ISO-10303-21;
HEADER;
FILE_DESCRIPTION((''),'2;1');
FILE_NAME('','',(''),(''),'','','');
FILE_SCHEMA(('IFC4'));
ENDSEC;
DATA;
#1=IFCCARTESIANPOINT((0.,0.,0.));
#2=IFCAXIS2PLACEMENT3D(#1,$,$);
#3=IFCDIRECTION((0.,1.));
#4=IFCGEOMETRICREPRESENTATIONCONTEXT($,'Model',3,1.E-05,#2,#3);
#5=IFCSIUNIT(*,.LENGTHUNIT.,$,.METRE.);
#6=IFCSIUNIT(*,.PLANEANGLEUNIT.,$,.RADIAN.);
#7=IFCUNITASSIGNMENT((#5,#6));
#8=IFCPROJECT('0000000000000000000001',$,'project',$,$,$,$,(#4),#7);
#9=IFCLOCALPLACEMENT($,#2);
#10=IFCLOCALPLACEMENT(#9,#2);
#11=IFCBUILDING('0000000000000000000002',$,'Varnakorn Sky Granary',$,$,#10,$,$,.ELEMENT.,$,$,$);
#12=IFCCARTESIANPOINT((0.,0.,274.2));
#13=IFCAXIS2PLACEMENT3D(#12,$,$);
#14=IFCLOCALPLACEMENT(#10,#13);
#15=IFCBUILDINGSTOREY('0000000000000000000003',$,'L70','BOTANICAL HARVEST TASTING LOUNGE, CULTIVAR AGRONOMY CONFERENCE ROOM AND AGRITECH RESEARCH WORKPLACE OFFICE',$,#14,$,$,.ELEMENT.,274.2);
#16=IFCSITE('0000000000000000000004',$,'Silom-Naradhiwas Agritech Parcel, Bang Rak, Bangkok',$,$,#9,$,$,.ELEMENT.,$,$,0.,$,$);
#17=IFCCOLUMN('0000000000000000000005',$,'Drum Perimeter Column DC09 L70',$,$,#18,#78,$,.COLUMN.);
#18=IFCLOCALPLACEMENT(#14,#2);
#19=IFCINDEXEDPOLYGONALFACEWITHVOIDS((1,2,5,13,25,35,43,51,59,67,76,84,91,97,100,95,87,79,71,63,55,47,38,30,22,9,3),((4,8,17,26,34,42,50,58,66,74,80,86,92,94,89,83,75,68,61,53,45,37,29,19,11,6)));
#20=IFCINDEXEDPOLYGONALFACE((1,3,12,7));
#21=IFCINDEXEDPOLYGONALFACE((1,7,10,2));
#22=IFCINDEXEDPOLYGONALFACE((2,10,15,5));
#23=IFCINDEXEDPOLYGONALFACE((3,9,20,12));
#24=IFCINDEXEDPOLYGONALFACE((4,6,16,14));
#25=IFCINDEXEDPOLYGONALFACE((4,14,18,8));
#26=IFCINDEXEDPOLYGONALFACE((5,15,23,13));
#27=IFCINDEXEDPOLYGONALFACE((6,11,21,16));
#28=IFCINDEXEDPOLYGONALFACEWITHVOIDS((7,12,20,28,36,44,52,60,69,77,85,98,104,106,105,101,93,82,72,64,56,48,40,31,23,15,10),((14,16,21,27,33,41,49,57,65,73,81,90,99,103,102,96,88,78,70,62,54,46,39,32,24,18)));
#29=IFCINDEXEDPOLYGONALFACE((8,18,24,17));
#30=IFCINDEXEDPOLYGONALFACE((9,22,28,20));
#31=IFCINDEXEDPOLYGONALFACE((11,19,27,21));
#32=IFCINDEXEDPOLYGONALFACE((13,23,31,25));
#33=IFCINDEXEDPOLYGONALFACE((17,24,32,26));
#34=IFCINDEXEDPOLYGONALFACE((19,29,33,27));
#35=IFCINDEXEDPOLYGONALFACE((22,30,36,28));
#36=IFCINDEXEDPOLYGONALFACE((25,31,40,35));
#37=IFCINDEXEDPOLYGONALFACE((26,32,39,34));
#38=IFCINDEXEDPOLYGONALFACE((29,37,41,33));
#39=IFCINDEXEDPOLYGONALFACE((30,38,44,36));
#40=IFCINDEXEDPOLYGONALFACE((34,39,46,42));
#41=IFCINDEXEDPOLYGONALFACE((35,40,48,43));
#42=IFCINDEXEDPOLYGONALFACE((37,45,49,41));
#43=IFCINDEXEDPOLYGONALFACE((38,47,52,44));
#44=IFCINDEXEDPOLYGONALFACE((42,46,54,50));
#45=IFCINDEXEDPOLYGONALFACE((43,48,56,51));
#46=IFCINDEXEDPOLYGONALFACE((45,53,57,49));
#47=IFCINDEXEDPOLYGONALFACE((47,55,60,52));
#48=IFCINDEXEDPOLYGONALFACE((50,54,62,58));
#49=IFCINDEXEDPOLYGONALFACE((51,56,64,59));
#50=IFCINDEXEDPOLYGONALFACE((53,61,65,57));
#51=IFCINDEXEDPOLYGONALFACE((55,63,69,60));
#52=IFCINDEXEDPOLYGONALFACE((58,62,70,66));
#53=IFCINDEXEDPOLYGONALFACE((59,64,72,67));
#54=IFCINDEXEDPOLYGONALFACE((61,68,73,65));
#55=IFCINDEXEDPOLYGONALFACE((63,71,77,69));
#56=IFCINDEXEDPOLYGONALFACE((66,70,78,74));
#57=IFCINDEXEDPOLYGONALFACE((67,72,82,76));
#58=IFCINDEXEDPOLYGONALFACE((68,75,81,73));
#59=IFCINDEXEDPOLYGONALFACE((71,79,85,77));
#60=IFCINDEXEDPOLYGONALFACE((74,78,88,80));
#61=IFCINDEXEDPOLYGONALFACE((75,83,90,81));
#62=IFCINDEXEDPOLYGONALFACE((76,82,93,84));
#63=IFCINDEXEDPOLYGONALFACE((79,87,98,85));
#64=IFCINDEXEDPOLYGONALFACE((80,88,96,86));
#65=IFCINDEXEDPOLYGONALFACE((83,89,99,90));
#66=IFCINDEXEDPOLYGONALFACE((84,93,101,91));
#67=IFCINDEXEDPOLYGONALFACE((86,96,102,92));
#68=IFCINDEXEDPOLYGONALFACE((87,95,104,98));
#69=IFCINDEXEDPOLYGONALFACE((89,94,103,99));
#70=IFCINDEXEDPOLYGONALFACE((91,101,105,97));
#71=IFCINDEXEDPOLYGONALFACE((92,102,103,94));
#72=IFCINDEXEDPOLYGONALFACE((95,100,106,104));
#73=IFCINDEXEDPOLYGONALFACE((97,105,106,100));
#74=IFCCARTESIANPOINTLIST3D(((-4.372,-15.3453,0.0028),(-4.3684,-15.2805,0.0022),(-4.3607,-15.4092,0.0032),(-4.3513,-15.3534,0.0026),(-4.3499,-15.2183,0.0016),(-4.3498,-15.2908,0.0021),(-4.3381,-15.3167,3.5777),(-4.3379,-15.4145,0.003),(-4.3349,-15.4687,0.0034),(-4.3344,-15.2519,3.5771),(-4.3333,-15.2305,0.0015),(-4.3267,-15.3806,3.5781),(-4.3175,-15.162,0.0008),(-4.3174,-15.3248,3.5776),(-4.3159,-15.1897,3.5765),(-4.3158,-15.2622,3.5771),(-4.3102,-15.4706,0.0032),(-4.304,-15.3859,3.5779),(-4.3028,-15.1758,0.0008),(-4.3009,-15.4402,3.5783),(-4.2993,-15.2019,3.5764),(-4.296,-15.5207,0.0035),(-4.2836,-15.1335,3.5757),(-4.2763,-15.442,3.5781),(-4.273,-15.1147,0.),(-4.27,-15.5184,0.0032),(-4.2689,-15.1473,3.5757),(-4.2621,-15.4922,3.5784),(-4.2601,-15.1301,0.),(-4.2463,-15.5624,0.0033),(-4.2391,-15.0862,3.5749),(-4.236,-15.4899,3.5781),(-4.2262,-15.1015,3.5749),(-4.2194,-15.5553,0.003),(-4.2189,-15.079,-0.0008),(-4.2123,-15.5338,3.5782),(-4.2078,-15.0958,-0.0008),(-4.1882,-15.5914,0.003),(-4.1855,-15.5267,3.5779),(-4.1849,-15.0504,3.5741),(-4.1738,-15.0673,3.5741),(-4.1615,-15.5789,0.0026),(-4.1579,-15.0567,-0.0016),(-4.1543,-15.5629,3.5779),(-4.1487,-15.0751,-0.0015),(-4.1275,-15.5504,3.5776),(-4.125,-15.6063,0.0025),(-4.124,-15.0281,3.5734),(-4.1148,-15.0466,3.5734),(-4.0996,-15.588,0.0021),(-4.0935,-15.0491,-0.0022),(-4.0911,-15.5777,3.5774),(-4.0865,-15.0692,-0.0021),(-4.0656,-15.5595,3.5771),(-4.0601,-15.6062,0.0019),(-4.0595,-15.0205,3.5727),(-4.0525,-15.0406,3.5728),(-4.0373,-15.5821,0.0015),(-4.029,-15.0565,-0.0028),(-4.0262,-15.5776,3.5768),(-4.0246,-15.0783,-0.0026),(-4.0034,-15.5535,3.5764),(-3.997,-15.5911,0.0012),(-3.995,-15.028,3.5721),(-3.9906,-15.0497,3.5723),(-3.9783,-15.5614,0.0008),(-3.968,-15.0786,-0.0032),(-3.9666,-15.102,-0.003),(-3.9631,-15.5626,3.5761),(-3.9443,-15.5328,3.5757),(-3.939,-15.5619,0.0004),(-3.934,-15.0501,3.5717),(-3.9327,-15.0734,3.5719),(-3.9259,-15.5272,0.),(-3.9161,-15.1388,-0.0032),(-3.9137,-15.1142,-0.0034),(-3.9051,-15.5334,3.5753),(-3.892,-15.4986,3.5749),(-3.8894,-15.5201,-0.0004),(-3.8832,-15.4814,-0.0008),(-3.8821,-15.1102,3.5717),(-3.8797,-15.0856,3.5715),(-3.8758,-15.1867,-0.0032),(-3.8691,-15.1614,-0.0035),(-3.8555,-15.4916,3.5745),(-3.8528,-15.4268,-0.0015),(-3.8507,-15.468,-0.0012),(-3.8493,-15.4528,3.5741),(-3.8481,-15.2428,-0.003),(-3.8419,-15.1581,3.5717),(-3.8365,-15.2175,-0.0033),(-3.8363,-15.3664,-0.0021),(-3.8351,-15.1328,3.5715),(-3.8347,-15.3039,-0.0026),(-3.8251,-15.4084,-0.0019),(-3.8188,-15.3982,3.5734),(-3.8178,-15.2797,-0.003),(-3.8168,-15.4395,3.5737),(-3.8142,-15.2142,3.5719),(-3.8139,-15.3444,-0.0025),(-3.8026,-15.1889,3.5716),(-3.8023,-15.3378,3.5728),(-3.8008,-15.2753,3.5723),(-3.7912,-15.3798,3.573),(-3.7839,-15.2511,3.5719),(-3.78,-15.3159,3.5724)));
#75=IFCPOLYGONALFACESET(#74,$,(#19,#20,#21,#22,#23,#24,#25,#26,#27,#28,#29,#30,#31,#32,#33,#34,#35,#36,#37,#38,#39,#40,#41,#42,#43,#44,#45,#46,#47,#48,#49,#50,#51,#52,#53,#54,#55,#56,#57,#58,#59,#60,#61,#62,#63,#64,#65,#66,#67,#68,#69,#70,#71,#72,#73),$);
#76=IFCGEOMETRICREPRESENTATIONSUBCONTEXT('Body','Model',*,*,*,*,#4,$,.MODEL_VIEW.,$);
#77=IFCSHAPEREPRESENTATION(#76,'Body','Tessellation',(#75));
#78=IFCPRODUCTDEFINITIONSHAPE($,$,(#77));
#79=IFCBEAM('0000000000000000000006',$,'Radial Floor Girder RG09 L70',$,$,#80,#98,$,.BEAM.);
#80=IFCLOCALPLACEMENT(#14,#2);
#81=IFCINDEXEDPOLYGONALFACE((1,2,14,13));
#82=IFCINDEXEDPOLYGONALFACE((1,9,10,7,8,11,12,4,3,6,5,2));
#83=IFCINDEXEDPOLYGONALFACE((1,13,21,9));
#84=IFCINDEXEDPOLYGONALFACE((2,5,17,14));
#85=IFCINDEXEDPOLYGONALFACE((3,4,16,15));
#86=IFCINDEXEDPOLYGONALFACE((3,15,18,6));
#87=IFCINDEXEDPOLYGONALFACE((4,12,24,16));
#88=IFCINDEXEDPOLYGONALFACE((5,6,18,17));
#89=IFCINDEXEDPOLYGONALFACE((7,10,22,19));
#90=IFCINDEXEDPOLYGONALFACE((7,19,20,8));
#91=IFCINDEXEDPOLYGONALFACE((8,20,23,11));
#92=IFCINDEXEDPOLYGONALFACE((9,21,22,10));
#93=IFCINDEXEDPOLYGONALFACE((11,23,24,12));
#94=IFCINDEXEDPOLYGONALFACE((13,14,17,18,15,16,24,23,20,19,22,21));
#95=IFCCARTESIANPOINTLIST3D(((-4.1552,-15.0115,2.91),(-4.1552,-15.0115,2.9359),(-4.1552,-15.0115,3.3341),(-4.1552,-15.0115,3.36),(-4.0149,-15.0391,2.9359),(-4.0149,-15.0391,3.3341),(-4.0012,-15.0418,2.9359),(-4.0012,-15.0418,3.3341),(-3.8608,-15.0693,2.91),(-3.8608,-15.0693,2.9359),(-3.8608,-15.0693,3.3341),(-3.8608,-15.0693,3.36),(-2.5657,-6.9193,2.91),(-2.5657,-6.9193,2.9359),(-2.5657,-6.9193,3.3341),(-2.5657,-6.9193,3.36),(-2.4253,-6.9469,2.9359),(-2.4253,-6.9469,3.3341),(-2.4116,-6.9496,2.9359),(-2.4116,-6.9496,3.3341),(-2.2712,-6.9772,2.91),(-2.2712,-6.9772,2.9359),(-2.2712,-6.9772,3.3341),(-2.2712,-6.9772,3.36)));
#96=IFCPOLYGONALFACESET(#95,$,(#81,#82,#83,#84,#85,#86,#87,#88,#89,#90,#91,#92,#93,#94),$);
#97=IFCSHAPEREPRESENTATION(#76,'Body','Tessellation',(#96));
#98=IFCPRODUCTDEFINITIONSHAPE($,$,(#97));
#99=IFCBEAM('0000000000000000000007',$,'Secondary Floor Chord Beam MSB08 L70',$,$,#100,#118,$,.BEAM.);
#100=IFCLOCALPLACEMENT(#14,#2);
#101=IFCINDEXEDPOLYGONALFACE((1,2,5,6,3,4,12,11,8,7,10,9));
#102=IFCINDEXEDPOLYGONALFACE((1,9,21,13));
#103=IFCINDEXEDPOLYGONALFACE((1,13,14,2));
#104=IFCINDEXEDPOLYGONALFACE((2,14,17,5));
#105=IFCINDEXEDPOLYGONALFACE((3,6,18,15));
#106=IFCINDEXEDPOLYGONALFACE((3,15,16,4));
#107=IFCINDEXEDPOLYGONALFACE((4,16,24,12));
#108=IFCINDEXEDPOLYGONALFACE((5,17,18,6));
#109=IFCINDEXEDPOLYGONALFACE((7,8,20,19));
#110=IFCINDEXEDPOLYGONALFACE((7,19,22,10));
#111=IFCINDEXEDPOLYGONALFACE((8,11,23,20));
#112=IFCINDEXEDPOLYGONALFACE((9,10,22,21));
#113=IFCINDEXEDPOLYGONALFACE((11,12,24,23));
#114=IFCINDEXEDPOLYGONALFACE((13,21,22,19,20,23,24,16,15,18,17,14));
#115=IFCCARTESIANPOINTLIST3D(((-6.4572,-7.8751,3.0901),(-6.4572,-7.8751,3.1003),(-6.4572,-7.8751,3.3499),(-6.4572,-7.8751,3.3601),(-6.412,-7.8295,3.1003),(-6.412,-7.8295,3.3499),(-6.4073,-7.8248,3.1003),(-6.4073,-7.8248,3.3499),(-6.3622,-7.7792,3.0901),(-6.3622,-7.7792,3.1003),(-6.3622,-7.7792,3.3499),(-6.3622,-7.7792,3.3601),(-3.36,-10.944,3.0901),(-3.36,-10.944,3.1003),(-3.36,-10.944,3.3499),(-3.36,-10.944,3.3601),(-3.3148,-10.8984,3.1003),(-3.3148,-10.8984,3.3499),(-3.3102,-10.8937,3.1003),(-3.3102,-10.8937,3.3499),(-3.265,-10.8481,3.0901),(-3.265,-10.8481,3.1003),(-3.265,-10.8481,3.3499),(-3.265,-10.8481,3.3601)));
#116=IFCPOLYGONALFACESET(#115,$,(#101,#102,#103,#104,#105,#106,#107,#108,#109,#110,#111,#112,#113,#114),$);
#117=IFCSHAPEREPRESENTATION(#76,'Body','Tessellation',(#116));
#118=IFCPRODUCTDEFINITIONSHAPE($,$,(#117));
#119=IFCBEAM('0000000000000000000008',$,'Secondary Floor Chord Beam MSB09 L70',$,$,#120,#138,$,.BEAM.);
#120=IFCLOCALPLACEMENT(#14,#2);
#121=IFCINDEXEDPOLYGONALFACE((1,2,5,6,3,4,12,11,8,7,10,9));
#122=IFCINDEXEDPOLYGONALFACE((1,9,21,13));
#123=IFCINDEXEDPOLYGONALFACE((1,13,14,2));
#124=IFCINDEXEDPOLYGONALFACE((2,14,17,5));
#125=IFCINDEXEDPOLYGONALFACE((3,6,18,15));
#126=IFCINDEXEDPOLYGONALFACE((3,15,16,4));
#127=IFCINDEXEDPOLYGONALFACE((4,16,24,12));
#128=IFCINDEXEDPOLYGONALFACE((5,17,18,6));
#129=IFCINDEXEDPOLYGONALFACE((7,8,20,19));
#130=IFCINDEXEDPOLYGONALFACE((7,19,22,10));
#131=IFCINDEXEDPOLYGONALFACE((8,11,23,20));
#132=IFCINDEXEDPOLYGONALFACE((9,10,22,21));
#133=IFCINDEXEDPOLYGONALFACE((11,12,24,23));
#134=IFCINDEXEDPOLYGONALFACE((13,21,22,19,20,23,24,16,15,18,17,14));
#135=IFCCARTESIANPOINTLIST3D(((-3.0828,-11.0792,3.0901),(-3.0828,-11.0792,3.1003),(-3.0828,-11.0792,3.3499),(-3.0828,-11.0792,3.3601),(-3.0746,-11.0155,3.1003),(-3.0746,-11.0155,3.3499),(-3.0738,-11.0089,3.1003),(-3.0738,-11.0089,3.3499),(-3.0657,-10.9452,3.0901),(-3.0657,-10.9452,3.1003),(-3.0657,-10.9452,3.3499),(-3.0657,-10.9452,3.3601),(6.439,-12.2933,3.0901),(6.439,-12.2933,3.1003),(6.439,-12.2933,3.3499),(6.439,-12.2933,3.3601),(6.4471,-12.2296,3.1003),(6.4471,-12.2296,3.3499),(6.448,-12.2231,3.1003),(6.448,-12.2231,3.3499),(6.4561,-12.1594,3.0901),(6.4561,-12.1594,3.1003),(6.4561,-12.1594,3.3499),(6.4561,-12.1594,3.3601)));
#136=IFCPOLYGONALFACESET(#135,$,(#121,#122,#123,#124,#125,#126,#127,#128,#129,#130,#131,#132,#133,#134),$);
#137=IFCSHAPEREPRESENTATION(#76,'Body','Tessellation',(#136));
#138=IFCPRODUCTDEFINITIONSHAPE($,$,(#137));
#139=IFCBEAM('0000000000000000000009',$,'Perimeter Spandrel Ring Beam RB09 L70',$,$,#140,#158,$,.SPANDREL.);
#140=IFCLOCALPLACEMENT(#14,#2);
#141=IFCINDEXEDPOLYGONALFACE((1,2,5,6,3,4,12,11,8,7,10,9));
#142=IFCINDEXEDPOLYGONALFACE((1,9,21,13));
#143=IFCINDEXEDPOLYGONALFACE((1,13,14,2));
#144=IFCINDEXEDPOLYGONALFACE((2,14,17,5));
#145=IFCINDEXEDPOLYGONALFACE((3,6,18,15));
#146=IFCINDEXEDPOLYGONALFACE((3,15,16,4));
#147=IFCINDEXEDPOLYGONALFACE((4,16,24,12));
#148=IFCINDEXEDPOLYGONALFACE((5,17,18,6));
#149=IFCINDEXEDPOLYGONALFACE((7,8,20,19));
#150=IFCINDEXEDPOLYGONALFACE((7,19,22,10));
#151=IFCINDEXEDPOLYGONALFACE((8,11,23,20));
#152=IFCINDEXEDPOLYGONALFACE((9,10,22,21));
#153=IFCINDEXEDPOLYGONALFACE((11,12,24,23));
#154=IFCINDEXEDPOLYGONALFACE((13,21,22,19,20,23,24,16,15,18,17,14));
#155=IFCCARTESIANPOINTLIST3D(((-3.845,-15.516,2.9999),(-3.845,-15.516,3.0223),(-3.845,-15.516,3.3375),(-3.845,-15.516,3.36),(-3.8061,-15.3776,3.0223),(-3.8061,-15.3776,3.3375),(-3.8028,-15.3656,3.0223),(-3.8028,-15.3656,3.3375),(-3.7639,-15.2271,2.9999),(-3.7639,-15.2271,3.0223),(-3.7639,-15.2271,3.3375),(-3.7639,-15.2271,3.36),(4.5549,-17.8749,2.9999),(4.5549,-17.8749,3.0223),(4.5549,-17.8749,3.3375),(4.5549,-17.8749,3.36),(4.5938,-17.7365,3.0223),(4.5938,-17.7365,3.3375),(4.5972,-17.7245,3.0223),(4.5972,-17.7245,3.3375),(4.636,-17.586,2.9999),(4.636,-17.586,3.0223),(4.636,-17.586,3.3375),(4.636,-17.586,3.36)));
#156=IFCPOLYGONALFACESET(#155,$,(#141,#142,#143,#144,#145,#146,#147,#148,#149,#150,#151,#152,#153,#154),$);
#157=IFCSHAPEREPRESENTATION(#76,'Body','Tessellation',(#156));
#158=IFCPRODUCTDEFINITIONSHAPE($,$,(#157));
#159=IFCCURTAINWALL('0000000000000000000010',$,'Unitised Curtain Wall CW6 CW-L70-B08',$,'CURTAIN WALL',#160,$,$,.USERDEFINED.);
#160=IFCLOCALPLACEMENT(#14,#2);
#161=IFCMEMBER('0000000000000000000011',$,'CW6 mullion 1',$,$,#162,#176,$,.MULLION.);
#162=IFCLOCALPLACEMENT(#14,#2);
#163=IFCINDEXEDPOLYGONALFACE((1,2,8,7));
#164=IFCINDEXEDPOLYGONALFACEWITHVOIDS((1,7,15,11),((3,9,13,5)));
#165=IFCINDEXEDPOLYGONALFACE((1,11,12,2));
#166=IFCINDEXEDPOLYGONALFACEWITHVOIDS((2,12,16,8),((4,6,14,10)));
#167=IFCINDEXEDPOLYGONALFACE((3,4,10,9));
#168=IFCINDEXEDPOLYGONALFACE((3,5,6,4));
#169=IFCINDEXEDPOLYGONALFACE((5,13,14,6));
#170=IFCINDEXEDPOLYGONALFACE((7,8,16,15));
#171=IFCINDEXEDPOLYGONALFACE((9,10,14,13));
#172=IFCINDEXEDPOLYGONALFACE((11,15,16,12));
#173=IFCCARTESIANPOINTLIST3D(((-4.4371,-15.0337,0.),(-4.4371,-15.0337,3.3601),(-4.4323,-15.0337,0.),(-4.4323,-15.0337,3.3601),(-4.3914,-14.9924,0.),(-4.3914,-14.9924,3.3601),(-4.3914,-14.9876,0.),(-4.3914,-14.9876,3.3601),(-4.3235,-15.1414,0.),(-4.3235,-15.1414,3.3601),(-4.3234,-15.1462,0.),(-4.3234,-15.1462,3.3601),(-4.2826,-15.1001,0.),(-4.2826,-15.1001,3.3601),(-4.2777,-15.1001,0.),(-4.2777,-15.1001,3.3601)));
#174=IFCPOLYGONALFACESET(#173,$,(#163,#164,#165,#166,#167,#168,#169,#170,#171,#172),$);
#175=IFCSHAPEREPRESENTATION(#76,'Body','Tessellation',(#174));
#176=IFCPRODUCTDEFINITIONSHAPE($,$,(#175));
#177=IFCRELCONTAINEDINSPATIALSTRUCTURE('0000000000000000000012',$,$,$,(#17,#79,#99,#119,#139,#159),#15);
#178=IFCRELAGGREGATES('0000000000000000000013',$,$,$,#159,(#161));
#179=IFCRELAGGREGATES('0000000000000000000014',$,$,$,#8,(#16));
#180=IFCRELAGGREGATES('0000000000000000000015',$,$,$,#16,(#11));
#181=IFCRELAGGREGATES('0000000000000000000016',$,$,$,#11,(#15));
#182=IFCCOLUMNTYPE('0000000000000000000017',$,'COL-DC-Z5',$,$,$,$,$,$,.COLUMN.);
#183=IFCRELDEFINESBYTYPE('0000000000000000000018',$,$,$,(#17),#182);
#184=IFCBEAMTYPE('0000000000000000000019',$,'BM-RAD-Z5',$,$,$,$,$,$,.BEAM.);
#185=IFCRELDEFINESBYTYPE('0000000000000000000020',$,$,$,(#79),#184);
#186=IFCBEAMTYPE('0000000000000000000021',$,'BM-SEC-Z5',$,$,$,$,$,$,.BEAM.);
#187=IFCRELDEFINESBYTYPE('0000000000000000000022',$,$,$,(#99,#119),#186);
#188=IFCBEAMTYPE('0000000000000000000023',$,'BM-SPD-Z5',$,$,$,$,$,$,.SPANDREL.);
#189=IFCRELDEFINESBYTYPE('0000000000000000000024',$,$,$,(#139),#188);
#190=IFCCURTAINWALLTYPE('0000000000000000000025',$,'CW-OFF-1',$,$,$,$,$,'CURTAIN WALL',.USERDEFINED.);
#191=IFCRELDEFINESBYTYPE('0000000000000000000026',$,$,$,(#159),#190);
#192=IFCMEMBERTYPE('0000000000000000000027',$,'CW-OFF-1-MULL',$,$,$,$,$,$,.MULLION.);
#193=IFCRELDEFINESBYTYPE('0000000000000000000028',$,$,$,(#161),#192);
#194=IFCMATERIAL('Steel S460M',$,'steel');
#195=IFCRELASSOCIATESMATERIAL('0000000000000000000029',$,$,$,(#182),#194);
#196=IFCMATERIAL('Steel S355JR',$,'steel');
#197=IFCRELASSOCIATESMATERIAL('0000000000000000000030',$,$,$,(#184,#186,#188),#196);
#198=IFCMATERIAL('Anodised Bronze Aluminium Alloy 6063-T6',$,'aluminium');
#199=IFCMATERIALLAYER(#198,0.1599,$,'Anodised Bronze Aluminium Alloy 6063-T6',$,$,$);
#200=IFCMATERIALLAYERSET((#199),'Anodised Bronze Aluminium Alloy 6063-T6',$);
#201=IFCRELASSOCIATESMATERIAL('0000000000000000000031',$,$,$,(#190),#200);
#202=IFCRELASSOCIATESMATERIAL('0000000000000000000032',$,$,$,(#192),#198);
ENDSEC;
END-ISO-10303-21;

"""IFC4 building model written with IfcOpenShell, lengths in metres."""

from ifc_helpers import new_model, si_unit, direction, frame, origin, origin_2d, place, context, subcontext, project, spatial, hollow_rectangle, hollow_circle, i_section, extrude, material, layer, layer_set, material_profile, profile_set, type_object, element, aggregate, save


model = new_model("IFC4")

# Units and contexts
model_context = context("Model", 3, precision=1e-05, world=origin(), true_north=direction((0.0, 1.0)))
body_context = subcontext(model_context, "Body", "Model", "MODEL_VIEW")
ifc_project = project(units=[si_unit("LENGTHUNIT", "METRE"), si_unit("PLANEANGLEUNIT", "RADIAN")], contexts=[model_context])

# Site, building, storey
site_placement = place(None, origin())
site = spatial("IfcSite", under=ifc_project, at=site_placement, Name="Silom-Naradhiwas Agritech Parcel, Bang Rak, Bangkok", CompositionType="ELEMENT", RefElevation=0.0)
building_placement = place(site_placement, origin())
building = spatial("IfcBuilding", under=site, at=building_placement, Name="Varnakorn Sky Granary", CompositionType="ELEMENT")
storey_placement = place(building_placement, frame((0.0, 0.0, 274.2)))
storey = spatial("IfcBuildingStorey", under=building, at=storey_placement, Name="L70", Description="BOTANICAL HARVEST TASTING LOUNGE, CULTIVAR AGRONOMY CONFERENCE ROOM AND AGRITECH RESEARCH WORKPLACE OFFICE", CompositionType="ELEMENT", Elevation=274.2)

# Column
ifc_material_1 = material(Name="Steel S460M", Category="steel")
ifc_material_profile_1 = material_profile(ifc_material_1, hollow_circle(Radius=0.2795, WallThickness=0.02, at=origin_2d()), Name="CHS 559x20")
ifc_profile_set_1 = profile_set([ifc_material_profile_1], Name="Steel S460M")
column_type = type_object("IfcColumnType", Name="COL-DC-Z5", PredefinedType="COLUMN", material=ifc_profile_set_1)
column_placement = place(storey_placement, frame((-4.093, -15.3286, 0.0), z_axis=(0.009492, 0.00799, 0.999923), x_axis=(-0.643966, 0.765054, 0.0)))
element("IfcColumn", 1, at=column_placement, inside=storey, type_object=column_type, Name="Drum Perimeter Column DC09 L70", PredefinedType="COLUMN", context=body_context, shape_type="SweptSolid", body=[
    extrude(hollow_circle(Radius=0.2795, WallThickness=0.02, at=origin_2d()), origin(), (0.0, 0.0, 1.0), 3.5752),
])

# Beams
ifc_material_2 = material(Name="Steel S355JR", Category="steel")
ifc_material_profile_2 = material_profile(ifc_material_2, i_section(OverallWidth=0.3, OverallDepth=0.45, WebThickness=0.0139, FlangeThickness=0.0259, at=origin_2d()), Name="HE 450 B")
ifc_profile_set_2 = profile_set([ifc_material_profile_2], Name="Steel S355JR")
beam_type_1 = type_object("IfcBeamType", Name="BM-RAD-Z5", PredefinedType="BEAM", material=ifc_profile_set_2)
beam_1_placement = place(storey_placement, frame((-2.4185, -6.9482, 3.135), z_axis=(-0.19275, -0.981248, 0.0), x_axis=(0.981248, -0.19275, 0.0)))
element("IfcBeam", 2, at=beam_1_placement, inside=storey, type_object=beam_type_1, Name="Radial Floor Girder RG09 L70", PredefinedType="BEAM", context=body_context, shape_type="SweptSolid", body=[
    extrude(i_section(OverallWidth=0.3, OverallDepth=0.45, WebThickness=0.0139, FlangeThickness=0.0259, at=origin_2d()), origin(), (0.0, 0.0, 1.0), 8.2468),
])
ifc_material_profile_3 = material_profile(ifc_material_2, i_section(OverallWidth=0.135, OverallDepth=0.27, WebThickness=0.0066, FlangeThickness=0.0103, at=origin_2d()), Name="IPE 270")
ifc_profile_set_3 = profile_set([ifc_material_profile_3], Name="Steel S355JR")
beam_type_2 = type_object("IfcBeamType", Name="BM-SEC-Z5", PredefinedType="BEAM", material=ifc_profile_set_3)
beam_2_placement = place(storey_placement, frame((-6.4097, -7.8271, 3.2251), z_axis=(0.710347, -0.703852, 0.0), x_axis=(0.703852, 0.710347, 0.0)))
element("IfcBeam", 3, at=beam_2_placement, inside=storey, type_object=beam_type_2, Name="Secondary Floor Chord Beam MSB08 L70", PredefinedType="BEAM", context=body_context, shape_type="SweptSolid", body=[
    extrude(i_section(OverallWidth=0.135, OverallDepth=0.27, WebThickness=0.0066, FlangeThickness=0.0103, at=origin_2d()), origin(), (0.0, 0.0, 1.0), 4.3601),
])
beam_3_placement = place(storey_placement, frame((-3.0742, -11.0122, 3.2251), z_axis=(0.991968, -0.126485, 0.0), x_axis=(0.126485, 0.991968, 0.0)))
element("IfcBeam", 4, at=beam_3_placement, inside=storey, type_object=beam_type_2, Name="Secondary Floor Chord Beam MSB09 L70", PredefinedType="BEAM", context=body_context, shape_type="SweptSolid", body=[
    extrude(i_section(OverallWidth=0.135, OverallDepth=0.27, WebThickness=0.0066, FlangeThickness=0.0103, at=origin_2d()), origin(), (0.0, 0.0, 1.0), 9.5989),
])
ifc_material_profile_4 = material_profile(ifc_material_2, i_section(OverallWidth=0.3, OverallDepth=0.3601, WebThickness=0.0125, FlangeThickness=0.0225, at=origin_2d()), Name="HE 360 B")
ifc_profile_set_4 = profile_set([ifc_material_profile_4], Name="Steel S355JR")
beam_type_3 = type_object("IfcBeamType", Name="BM-SPD-Z5", PredefinedType="SPANDREL", material=ifc_profile_set_4)
beam_4_placement = place(storey_placement, frame((-3.8044, -15.3716, 3.1799), z_axis=(0.962758, -0.270365, 0.0), x_axis=(0.270365, 0.962758, 0.0)))
element("IfcBeam", 5, at=beam_4_placement, inside=storey, type_object=beam_type_3, Name="Perimeter Spandrel Ring Beam RB09 L70", PredefinedType="SPANDREL", context=body_context, shape_type="SweptSolid", body=[
    extrude(i_section(OverallWidth=0.3, OverallDepth=0.3601, WebThickness=0.0125, FlangeThickness=0.0225, at=origin_2d()), origin(), (0.0, 0.0, 1.0), 8.7249),
])

# Curtain wall, member
ifc_material_3 = material(Name="Anodised Bronze Aluminium Alloy 6063-T6", Category="aluminium")
ifc_layer_1 = layer(ifc_material_3, 0.1599, Name="Anodised Bronze Aluminium Alloy 6063-T6")
ifc_layer_set_1 = layer_set([ifc_layer_1], Name="Anodised Bronze Aluminium Alloy 6063-T6")
curtain_wall_type = type_object("IfcCurtainWallType", Name="CW-OFF-1", ElementType="CURTAIN WALL", PredefinedType="USERDEFINED", material=ifc_layer_set_1)
curtain_wall_placement = place(storey_placement, origin())
curtain_wall = element("IfcCurtainWall", 6, at=curtain_wall_placement, inside=storey, type_object=curtain_wall_type, Name="Unitised Curtain Wall CW6 CW-L70-B08", ObjectType="CURTAIN WALL", PredefinedType="USERDEFINED")
ifc_material_profile_5 = material_profile(ifc_material_3, hollow_rectangle(XDim=0.0649, YDim=0.1599, WallThickness=0.0034, at=origin_2d()), Name="ALU MULL 65x160")
ifc_profile_set_5 = profile_set([ifc_material_profile_5], Name="Anodised Bronze Aluminium Alloy 6063-T6")
member_type_1 = type_object("IfcMemberType", Name="CW-OFF-1-MULL", PredefinedType="MULLION", material=ifc_profile_set_5)
member_1_placement = place(storey_placement, frame((-4.3574, -15.0669, 0.0), z_axis=(0.0, 0.0, 1.0), x_axis=(-0.703399, -0.710795, 0.0)))
member_1 = element("IfcMember", 7, at=member_1_placement, type_object=member_type_1, Name="CW6 mullion 1", PredefinedType="MULLION", context=body_context, shape_type="SweptSolid", body=[
    extrude(hollow_rectangle(XDim=0.0649, YDim=0.1599, WallThickness=0.0034, at=origin_2d()), origin(), (0.0, 0.0, 1.0), 3.3601),
])

aggregate(curtain_wall, [member_1])

save(model, "model.ifc")
